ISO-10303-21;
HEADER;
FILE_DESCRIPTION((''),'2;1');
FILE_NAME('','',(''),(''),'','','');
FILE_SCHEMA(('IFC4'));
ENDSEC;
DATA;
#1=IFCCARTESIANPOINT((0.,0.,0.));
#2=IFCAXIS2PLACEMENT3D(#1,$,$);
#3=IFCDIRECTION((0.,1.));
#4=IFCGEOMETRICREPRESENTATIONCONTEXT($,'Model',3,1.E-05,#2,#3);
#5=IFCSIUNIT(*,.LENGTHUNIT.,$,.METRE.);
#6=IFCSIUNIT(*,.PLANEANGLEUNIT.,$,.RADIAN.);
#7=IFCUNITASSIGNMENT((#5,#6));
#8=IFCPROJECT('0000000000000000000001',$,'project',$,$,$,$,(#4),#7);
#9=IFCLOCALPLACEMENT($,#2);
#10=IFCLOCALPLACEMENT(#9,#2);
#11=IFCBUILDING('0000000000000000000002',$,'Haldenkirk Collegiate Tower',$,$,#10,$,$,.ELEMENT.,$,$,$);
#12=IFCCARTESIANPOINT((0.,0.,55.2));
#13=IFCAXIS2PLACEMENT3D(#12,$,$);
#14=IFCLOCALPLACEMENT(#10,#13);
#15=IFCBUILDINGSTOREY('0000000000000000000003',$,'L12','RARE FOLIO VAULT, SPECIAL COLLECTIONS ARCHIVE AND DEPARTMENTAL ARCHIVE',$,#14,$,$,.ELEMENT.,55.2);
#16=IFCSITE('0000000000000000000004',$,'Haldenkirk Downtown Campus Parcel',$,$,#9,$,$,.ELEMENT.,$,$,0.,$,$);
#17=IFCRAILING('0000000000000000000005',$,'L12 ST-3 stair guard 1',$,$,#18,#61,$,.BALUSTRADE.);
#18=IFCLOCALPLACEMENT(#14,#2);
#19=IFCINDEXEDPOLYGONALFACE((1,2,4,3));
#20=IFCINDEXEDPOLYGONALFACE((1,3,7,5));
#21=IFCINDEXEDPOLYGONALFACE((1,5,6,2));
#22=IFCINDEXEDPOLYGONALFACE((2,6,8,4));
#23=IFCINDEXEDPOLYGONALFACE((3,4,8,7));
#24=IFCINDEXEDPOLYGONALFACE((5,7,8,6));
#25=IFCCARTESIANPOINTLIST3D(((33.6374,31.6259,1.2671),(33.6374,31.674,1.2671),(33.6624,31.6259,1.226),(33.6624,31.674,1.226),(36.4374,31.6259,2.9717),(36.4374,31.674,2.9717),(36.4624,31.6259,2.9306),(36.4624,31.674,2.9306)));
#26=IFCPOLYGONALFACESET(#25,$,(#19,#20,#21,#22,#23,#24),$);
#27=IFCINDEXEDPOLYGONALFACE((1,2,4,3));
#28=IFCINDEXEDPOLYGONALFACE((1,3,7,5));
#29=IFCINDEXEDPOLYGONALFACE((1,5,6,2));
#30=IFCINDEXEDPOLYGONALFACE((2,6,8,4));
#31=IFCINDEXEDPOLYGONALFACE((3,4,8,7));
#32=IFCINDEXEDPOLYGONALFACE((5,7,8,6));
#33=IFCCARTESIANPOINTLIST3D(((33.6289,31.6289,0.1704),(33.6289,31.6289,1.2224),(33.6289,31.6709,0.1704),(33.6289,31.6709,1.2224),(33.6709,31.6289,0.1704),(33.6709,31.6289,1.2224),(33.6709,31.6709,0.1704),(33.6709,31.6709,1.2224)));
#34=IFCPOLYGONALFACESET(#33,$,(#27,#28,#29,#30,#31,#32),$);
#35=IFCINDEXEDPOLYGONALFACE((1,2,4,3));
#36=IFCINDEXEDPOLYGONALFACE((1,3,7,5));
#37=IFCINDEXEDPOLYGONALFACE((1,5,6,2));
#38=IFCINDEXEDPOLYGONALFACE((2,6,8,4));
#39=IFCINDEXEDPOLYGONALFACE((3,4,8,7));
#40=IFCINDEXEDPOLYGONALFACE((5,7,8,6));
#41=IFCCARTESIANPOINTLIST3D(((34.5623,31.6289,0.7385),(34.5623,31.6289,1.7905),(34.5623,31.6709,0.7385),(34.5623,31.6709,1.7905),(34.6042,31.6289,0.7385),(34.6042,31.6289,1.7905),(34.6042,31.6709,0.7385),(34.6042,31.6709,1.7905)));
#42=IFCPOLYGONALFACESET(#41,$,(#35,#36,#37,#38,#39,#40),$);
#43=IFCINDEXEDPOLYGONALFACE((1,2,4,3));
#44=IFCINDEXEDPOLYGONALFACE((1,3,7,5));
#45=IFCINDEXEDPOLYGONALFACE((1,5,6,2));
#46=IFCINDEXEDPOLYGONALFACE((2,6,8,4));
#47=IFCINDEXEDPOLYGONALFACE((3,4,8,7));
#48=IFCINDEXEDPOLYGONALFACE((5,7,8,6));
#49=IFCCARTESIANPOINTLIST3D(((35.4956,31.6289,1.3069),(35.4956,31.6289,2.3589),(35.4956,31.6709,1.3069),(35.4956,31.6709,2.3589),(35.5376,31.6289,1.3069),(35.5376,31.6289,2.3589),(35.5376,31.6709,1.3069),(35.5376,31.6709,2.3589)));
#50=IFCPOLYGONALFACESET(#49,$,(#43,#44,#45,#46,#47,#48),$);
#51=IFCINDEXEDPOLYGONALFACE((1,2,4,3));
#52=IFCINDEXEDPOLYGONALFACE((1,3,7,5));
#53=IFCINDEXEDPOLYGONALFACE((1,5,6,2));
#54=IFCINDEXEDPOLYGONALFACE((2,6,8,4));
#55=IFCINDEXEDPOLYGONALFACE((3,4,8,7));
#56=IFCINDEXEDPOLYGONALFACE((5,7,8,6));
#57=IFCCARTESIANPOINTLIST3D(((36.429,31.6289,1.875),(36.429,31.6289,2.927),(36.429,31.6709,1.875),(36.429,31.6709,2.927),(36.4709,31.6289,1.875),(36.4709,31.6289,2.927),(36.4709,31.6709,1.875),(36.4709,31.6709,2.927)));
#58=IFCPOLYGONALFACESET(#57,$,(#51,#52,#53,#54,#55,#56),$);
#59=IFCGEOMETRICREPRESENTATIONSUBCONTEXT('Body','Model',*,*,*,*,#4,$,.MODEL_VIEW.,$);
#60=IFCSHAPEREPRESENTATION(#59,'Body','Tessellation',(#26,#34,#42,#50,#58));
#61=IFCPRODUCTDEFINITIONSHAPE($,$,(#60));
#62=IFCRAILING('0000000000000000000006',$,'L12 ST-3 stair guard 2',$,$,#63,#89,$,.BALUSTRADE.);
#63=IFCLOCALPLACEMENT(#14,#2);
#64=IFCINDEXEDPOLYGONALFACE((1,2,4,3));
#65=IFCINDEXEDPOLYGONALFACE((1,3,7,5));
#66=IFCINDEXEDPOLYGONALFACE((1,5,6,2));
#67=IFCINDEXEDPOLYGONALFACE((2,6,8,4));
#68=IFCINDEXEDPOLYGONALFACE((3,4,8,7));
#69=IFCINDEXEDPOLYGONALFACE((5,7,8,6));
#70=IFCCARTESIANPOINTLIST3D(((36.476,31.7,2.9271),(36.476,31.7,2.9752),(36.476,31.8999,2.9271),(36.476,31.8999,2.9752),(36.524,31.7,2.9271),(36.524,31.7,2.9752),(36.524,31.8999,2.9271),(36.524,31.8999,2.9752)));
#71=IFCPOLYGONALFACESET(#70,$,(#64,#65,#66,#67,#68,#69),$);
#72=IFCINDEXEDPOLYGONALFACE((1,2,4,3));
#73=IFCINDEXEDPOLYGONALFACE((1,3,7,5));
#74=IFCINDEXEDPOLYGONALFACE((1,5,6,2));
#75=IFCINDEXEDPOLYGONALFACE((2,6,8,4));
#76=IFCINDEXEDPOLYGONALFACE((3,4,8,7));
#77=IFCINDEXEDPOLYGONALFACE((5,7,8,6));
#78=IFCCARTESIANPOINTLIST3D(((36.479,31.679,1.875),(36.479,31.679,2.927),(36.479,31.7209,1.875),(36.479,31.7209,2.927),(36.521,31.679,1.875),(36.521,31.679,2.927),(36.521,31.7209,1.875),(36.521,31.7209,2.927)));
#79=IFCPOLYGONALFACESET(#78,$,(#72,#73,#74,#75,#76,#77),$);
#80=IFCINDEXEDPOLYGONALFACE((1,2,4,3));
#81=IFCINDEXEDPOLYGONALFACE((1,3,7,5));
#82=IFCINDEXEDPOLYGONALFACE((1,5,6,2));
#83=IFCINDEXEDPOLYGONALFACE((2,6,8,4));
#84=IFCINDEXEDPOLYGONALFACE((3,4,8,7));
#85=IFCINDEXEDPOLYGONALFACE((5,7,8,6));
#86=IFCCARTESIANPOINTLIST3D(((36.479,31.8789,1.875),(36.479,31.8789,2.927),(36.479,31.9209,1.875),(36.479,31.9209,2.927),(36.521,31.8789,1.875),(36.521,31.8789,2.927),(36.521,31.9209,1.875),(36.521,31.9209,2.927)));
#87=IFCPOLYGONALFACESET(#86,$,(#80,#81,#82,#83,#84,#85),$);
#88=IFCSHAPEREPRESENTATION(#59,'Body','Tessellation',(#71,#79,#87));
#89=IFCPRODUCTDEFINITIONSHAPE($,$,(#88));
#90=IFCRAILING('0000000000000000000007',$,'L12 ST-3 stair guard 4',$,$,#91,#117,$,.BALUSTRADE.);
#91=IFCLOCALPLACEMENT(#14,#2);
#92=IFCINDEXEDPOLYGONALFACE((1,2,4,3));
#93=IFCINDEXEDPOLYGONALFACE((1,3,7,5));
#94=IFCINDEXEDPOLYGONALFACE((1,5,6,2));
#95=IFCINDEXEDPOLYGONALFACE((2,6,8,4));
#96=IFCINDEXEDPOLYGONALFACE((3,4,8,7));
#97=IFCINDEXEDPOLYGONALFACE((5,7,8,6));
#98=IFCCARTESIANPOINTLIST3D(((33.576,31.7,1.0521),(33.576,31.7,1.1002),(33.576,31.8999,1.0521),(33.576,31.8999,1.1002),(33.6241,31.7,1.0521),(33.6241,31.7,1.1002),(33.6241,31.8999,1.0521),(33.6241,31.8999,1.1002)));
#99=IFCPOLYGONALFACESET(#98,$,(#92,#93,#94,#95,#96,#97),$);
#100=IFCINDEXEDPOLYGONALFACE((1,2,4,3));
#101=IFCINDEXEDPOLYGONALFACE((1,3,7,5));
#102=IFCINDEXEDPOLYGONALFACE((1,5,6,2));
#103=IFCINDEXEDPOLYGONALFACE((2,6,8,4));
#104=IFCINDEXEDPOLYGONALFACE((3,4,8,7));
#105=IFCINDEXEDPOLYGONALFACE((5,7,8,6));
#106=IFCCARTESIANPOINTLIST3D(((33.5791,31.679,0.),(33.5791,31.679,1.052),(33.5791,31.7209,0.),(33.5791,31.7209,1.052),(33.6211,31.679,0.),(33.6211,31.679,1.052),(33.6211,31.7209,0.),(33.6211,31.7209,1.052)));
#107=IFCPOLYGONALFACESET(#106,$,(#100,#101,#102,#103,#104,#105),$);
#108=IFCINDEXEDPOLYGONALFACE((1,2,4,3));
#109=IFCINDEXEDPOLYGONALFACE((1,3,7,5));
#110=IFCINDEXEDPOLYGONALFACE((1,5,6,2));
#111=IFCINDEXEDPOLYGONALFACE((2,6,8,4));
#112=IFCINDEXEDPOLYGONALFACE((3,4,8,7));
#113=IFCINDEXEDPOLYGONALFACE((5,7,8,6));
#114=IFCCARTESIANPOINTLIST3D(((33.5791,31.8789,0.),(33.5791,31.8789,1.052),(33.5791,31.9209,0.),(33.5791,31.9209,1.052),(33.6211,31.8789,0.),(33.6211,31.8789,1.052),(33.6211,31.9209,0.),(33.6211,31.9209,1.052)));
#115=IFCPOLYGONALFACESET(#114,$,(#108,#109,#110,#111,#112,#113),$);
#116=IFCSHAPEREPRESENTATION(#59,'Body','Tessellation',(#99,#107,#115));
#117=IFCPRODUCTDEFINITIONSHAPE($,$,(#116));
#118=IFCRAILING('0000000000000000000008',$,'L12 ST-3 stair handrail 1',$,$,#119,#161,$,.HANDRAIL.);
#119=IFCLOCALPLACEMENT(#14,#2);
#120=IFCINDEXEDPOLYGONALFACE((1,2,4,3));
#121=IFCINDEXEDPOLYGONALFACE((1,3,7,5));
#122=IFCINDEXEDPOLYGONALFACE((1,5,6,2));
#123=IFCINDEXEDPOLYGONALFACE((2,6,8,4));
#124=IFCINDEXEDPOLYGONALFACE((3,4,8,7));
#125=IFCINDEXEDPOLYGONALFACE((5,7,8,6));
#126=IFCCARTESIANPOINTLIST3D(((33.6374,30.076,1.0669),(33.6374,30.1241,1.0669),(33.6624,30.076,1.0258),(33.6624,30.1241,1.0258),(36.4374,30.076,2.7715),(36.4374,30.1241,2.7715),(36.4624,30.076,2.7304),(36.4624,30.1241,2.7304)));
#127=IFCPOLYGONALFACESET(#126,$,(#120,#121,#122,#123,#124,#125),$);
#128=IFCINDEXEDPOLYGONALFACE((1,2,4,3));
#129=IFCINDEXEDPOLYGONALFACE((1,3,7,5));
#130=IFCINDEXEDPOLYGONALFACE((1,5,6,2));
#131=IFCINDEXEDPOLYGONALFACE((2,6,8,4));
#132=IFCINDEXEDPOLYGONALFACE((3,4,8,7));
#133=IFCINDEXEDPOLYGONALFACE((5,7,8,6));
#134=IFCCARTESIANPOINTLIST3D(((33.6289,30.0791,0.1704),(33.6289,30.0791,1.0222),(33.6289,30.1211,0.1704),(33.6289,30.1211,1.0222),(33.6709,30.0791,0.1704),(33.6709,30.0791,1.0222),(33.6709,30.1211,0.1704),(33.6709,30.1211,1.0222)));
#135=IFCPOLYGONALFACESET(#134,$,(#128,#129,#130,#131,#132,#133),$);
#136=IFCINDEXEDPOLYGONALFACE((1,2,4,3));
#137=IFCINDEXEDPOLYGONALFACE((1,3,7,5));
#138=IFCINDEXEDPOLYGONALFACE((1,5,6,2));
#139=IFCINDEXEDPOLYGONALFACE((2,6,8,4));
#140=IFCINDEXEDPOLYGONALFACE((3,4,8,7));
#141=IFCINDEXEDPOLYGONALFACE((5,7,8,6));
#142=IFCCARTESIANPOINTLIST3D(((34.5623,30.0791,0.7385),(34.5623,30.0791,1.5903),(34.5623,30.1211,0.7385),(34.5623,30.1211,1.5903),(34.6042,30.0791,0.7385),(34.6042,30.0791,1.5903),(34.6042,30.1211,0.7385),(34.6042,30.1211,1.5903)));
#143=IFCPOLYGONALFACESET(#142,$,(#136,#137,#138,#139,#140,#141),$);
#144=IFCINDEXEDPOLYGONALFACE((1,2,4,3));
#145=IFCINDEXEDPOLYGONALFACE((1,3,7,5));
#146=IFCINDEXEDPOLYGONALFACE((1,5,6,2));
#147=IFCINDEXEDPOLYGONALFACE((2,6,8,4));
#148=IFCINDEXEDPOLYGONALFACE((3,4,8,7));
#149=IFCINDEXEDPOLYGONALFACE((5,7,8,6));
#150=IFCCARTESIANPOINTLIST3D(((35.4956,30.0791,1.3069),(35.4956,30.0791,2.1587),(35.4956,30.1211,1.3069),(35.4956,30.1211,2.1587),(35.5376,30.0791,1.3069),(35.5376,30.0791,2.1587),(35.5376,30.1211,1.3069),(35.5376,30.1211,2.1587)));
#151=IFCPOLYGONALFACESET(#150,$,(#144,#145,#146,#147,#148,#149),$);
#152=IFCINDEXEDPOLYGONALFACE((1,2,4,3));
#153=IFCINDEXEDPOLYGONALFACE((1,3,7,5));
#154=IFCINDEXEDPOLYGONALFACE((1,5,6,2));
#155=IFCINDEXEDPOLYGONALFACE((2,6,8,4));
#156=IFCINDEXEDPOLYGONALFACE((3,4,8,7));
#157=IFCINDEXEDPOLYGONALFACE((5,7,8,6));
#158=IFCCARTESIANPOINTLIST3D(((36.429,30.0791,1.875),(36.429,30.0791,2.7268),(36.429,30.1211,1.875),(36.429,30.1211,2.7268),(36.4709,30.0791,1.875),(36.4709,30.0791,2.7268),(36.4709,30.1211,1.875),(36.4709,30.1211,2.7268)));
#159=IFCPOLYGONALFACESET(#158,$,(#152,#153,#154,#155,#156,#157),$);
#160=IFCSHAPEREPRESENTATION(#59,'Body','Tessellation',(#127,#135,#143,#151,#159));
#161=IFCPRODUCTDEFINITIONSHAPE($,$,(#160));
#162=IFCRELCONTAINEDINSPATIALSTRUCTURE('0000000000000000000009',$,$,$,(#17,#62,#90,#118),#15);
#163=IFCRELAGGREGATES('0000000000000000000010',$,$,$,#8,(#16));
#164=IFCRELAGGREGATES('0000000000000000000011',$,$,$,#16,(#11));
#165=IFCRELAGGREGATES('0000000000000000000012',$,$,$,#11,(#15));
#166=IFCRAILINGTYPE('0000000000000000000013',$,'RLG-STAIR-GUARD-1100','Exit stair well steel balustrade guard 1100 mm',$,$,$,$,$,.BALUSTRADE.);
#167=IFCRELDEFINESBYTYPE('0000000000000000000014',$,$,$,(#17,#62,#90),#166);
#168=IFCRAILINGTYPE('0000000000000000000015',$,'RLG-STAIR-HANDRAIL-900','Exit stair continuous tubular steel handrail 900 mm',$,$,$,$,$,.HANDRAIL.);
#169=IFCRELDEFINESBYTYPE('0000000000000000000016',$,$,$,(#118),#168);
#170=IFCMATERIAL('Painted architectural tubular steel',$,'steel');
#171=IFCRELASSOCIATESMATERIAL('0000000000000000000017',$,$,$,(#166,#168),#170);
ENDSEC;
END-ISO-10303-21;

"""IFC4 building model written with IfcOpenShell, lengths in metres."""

from ifc_helpers import new_model, si_unit, direction, frame, origin, origin_2d, place, context, subcontext, project, spatial, rectangle, extrude, material, type_object, element, save


model = new_model("IFC4")

# Units and contexts
model_context = context("Model", 3, precision=1e-05, world=origin(), true_north=direction((0.0, 1.0)))
body_context = subcontext(model_context, "Body", "Model", "MODEL_VIEW")
ifc_project = project(units=[si_unit("LENGTHUNIT", "METRE"), si_unit("PLANEANGLEUNIT", "RADIAN")], contexts=[model_context])

# Site, building, storey
site_placement = place(None, origin())
site = spatial("IfcSite", under=ifc_project, at=site_placement, Name="Haldenkirk Downtown Campus Parcel", CompositionType="ELEMENT", RefElevation=0.0)
building_placement = place(site_placement, origin())
building = spatial("IfcBuilding", under=site, at=building_placement, Name="Haldenkirk Collegiate Tower", CompositionType="ELEMENT")
storey_placement = place(building_placement, frame((0.0, 0.0, 55.2)))
storey = spatial("IfcBuildingStorey", under=building, at=storey_placement, Name="L12", Description="RARE FOLIO VAULT, SPECIAL COLLECTIONS ARCHIVE AND DEPARTMENTAL ARCHIVE", CompositionType="ELEMENT", Elevation=55.2)

# Railings
ifc_material_1 = material(Name="Painted architectural tubular steel", Category="steel")
railing_type_1 = type_object("IfcRailingType", Name="RLG-STAIR-GUARD-1100", Description="Exit stair well steel balustrade guard 1100 mm", PredefinedType="BALUSTRADE", material=ifc_material_1)
railing_1_placement = place(storey_placement, frame((33.6499, 31.6499, 0.1704)))
element("IfcRailing", 1, at=railing_1_placement, inside=storey, type_object=railing_type_1, Name="L12 ST-3 stair guard 1", PredefinedType="BALUSTRADE", context=body_context, shape_type="SweptSolid", body=[
    extrude(rectangle(XDim=0.0481, YDim=0.0481, at=origin_2d()), frame((0.0, 0.0, 1.0762), z_axis=(0.85417, 0.0, 0.519994), x_axis=(0.0, 1.0, 0.0)), (0.0, 0.0, 1.0), 3.2781),
    extrude(rectangle(XDim=0.042, YDim=0.042, at=origin_2d()), origin(), (0.0, 0.0, 1.0), 1.052),
    extrude(rectangle(XDim=0.042, YDim=0.042, at=origin_2d()), frame((0.9333, 0.0, 0.5681)), (0.0, 0.0, 1.0), 1.052),
    extrude(rectangle(XDim=0.042, YDim=0.042, at=origin_2d()), frame((1.8667, 0.0, 1.1365)), (0.0, 0.0, 1.0), 1.052),
    extrude(rectangle(XDim=0.042, YDim=0.042, at=origin_2d()), frame((2.8, 0.0, 1.7046)), (0.0, 0.0, 1.0), 1.052),
])
for number, where, name in (
    (2, (36.5, 31.7, 1.875), "L12 ST-3 stair guard 2"),
    (3, (33.6001, 31.7, 0.0), "L12 ST-3 stair guard 4"),
):
    element("IfcRailing", number, at=place(storey_placement, frame(where)), inside=storey, type_object=railing_type_1, Name=name, PredefinedType="BALUSTRADE", context=body_context, shape_type="SweptSolid", body=[
        extrude(rectangle(XDim=0.0481, YDim=0.0481, at=origin_2d()), frame((0.0, 0.0, 1.0762), z_axis=(0.0, 1.0, 0.0), x_axis=(-1.0, 0.0, 0.0)), (0.0, 0.0, 1.0), 0.2),
        extrude(rectangle(XDim=0.042, YDim=0.042, at=origin_2d()), origin(), (0.0, 0.0, 1.0), 1.052),
        extrude(rectangle(XDim=0.042, YDim=0.042, at=origin_2d()), frame((0.0, 0.2, 0.0)), (0.0, 0.0, 1.0), 1.052),
    ])
railing_type_2 = type_object("IfcRailingType", Name="RLG-STAIR-HANDRAIL-900", Description="Exit stair continuous tubular steel handrail 900 mm", PredefinedType="HANDRAIL", material=ifc_material_1)
railing_2_placement = place(storey_placement, frame((33.6499, 30.1001, 0.1704)))
element("IfcRailing", 4, at=railing_2_placement, inside=storey, type_object=railing_type_2, Name="L12 ST-3 stair handrail 1", PredefinedType="HANDRAIL", context=body_context, shape_type="SweptSolid", body=[
    extrude(rectangle(XDim=0.0481, YDim=0.0481, at=origin_2d()), frame((0.0, 0.0, 0.876), z_axis=(0.85417, 0.0, 0.519994), x_axis=(0.0, 1.0, 0.0)), (0.0, 0.0, 1.0), 3.2781),
    extrude(rectangle(XDim=0.042, YDim=0.042, at=origin_2d()), origin(), (0.0, 0.0, 1.0), 0.8518),
    extrude(rectangle(XDim=0.042, YDim=0.042, at=origin_2d()), frame((0.9333, 0.0, 0.5681)), (0.0, 0.0, 1.0), 0.8518),
    extrude(rectangle(XDim=0.042, YDim=0.042, at=origin_2d()), frame((1.8667, 0.0, 1.1365)), (0.0, 0.0, 1.0), 0.8518),
    extrude(rectangle(XDim=0.042, YDim=0.042, at=origin_2d()), frame((2.8, 0.0, 1.7046)), (0.0, 0.0, 1.0), 0.8518),
])

save(model, "model.ifc")
